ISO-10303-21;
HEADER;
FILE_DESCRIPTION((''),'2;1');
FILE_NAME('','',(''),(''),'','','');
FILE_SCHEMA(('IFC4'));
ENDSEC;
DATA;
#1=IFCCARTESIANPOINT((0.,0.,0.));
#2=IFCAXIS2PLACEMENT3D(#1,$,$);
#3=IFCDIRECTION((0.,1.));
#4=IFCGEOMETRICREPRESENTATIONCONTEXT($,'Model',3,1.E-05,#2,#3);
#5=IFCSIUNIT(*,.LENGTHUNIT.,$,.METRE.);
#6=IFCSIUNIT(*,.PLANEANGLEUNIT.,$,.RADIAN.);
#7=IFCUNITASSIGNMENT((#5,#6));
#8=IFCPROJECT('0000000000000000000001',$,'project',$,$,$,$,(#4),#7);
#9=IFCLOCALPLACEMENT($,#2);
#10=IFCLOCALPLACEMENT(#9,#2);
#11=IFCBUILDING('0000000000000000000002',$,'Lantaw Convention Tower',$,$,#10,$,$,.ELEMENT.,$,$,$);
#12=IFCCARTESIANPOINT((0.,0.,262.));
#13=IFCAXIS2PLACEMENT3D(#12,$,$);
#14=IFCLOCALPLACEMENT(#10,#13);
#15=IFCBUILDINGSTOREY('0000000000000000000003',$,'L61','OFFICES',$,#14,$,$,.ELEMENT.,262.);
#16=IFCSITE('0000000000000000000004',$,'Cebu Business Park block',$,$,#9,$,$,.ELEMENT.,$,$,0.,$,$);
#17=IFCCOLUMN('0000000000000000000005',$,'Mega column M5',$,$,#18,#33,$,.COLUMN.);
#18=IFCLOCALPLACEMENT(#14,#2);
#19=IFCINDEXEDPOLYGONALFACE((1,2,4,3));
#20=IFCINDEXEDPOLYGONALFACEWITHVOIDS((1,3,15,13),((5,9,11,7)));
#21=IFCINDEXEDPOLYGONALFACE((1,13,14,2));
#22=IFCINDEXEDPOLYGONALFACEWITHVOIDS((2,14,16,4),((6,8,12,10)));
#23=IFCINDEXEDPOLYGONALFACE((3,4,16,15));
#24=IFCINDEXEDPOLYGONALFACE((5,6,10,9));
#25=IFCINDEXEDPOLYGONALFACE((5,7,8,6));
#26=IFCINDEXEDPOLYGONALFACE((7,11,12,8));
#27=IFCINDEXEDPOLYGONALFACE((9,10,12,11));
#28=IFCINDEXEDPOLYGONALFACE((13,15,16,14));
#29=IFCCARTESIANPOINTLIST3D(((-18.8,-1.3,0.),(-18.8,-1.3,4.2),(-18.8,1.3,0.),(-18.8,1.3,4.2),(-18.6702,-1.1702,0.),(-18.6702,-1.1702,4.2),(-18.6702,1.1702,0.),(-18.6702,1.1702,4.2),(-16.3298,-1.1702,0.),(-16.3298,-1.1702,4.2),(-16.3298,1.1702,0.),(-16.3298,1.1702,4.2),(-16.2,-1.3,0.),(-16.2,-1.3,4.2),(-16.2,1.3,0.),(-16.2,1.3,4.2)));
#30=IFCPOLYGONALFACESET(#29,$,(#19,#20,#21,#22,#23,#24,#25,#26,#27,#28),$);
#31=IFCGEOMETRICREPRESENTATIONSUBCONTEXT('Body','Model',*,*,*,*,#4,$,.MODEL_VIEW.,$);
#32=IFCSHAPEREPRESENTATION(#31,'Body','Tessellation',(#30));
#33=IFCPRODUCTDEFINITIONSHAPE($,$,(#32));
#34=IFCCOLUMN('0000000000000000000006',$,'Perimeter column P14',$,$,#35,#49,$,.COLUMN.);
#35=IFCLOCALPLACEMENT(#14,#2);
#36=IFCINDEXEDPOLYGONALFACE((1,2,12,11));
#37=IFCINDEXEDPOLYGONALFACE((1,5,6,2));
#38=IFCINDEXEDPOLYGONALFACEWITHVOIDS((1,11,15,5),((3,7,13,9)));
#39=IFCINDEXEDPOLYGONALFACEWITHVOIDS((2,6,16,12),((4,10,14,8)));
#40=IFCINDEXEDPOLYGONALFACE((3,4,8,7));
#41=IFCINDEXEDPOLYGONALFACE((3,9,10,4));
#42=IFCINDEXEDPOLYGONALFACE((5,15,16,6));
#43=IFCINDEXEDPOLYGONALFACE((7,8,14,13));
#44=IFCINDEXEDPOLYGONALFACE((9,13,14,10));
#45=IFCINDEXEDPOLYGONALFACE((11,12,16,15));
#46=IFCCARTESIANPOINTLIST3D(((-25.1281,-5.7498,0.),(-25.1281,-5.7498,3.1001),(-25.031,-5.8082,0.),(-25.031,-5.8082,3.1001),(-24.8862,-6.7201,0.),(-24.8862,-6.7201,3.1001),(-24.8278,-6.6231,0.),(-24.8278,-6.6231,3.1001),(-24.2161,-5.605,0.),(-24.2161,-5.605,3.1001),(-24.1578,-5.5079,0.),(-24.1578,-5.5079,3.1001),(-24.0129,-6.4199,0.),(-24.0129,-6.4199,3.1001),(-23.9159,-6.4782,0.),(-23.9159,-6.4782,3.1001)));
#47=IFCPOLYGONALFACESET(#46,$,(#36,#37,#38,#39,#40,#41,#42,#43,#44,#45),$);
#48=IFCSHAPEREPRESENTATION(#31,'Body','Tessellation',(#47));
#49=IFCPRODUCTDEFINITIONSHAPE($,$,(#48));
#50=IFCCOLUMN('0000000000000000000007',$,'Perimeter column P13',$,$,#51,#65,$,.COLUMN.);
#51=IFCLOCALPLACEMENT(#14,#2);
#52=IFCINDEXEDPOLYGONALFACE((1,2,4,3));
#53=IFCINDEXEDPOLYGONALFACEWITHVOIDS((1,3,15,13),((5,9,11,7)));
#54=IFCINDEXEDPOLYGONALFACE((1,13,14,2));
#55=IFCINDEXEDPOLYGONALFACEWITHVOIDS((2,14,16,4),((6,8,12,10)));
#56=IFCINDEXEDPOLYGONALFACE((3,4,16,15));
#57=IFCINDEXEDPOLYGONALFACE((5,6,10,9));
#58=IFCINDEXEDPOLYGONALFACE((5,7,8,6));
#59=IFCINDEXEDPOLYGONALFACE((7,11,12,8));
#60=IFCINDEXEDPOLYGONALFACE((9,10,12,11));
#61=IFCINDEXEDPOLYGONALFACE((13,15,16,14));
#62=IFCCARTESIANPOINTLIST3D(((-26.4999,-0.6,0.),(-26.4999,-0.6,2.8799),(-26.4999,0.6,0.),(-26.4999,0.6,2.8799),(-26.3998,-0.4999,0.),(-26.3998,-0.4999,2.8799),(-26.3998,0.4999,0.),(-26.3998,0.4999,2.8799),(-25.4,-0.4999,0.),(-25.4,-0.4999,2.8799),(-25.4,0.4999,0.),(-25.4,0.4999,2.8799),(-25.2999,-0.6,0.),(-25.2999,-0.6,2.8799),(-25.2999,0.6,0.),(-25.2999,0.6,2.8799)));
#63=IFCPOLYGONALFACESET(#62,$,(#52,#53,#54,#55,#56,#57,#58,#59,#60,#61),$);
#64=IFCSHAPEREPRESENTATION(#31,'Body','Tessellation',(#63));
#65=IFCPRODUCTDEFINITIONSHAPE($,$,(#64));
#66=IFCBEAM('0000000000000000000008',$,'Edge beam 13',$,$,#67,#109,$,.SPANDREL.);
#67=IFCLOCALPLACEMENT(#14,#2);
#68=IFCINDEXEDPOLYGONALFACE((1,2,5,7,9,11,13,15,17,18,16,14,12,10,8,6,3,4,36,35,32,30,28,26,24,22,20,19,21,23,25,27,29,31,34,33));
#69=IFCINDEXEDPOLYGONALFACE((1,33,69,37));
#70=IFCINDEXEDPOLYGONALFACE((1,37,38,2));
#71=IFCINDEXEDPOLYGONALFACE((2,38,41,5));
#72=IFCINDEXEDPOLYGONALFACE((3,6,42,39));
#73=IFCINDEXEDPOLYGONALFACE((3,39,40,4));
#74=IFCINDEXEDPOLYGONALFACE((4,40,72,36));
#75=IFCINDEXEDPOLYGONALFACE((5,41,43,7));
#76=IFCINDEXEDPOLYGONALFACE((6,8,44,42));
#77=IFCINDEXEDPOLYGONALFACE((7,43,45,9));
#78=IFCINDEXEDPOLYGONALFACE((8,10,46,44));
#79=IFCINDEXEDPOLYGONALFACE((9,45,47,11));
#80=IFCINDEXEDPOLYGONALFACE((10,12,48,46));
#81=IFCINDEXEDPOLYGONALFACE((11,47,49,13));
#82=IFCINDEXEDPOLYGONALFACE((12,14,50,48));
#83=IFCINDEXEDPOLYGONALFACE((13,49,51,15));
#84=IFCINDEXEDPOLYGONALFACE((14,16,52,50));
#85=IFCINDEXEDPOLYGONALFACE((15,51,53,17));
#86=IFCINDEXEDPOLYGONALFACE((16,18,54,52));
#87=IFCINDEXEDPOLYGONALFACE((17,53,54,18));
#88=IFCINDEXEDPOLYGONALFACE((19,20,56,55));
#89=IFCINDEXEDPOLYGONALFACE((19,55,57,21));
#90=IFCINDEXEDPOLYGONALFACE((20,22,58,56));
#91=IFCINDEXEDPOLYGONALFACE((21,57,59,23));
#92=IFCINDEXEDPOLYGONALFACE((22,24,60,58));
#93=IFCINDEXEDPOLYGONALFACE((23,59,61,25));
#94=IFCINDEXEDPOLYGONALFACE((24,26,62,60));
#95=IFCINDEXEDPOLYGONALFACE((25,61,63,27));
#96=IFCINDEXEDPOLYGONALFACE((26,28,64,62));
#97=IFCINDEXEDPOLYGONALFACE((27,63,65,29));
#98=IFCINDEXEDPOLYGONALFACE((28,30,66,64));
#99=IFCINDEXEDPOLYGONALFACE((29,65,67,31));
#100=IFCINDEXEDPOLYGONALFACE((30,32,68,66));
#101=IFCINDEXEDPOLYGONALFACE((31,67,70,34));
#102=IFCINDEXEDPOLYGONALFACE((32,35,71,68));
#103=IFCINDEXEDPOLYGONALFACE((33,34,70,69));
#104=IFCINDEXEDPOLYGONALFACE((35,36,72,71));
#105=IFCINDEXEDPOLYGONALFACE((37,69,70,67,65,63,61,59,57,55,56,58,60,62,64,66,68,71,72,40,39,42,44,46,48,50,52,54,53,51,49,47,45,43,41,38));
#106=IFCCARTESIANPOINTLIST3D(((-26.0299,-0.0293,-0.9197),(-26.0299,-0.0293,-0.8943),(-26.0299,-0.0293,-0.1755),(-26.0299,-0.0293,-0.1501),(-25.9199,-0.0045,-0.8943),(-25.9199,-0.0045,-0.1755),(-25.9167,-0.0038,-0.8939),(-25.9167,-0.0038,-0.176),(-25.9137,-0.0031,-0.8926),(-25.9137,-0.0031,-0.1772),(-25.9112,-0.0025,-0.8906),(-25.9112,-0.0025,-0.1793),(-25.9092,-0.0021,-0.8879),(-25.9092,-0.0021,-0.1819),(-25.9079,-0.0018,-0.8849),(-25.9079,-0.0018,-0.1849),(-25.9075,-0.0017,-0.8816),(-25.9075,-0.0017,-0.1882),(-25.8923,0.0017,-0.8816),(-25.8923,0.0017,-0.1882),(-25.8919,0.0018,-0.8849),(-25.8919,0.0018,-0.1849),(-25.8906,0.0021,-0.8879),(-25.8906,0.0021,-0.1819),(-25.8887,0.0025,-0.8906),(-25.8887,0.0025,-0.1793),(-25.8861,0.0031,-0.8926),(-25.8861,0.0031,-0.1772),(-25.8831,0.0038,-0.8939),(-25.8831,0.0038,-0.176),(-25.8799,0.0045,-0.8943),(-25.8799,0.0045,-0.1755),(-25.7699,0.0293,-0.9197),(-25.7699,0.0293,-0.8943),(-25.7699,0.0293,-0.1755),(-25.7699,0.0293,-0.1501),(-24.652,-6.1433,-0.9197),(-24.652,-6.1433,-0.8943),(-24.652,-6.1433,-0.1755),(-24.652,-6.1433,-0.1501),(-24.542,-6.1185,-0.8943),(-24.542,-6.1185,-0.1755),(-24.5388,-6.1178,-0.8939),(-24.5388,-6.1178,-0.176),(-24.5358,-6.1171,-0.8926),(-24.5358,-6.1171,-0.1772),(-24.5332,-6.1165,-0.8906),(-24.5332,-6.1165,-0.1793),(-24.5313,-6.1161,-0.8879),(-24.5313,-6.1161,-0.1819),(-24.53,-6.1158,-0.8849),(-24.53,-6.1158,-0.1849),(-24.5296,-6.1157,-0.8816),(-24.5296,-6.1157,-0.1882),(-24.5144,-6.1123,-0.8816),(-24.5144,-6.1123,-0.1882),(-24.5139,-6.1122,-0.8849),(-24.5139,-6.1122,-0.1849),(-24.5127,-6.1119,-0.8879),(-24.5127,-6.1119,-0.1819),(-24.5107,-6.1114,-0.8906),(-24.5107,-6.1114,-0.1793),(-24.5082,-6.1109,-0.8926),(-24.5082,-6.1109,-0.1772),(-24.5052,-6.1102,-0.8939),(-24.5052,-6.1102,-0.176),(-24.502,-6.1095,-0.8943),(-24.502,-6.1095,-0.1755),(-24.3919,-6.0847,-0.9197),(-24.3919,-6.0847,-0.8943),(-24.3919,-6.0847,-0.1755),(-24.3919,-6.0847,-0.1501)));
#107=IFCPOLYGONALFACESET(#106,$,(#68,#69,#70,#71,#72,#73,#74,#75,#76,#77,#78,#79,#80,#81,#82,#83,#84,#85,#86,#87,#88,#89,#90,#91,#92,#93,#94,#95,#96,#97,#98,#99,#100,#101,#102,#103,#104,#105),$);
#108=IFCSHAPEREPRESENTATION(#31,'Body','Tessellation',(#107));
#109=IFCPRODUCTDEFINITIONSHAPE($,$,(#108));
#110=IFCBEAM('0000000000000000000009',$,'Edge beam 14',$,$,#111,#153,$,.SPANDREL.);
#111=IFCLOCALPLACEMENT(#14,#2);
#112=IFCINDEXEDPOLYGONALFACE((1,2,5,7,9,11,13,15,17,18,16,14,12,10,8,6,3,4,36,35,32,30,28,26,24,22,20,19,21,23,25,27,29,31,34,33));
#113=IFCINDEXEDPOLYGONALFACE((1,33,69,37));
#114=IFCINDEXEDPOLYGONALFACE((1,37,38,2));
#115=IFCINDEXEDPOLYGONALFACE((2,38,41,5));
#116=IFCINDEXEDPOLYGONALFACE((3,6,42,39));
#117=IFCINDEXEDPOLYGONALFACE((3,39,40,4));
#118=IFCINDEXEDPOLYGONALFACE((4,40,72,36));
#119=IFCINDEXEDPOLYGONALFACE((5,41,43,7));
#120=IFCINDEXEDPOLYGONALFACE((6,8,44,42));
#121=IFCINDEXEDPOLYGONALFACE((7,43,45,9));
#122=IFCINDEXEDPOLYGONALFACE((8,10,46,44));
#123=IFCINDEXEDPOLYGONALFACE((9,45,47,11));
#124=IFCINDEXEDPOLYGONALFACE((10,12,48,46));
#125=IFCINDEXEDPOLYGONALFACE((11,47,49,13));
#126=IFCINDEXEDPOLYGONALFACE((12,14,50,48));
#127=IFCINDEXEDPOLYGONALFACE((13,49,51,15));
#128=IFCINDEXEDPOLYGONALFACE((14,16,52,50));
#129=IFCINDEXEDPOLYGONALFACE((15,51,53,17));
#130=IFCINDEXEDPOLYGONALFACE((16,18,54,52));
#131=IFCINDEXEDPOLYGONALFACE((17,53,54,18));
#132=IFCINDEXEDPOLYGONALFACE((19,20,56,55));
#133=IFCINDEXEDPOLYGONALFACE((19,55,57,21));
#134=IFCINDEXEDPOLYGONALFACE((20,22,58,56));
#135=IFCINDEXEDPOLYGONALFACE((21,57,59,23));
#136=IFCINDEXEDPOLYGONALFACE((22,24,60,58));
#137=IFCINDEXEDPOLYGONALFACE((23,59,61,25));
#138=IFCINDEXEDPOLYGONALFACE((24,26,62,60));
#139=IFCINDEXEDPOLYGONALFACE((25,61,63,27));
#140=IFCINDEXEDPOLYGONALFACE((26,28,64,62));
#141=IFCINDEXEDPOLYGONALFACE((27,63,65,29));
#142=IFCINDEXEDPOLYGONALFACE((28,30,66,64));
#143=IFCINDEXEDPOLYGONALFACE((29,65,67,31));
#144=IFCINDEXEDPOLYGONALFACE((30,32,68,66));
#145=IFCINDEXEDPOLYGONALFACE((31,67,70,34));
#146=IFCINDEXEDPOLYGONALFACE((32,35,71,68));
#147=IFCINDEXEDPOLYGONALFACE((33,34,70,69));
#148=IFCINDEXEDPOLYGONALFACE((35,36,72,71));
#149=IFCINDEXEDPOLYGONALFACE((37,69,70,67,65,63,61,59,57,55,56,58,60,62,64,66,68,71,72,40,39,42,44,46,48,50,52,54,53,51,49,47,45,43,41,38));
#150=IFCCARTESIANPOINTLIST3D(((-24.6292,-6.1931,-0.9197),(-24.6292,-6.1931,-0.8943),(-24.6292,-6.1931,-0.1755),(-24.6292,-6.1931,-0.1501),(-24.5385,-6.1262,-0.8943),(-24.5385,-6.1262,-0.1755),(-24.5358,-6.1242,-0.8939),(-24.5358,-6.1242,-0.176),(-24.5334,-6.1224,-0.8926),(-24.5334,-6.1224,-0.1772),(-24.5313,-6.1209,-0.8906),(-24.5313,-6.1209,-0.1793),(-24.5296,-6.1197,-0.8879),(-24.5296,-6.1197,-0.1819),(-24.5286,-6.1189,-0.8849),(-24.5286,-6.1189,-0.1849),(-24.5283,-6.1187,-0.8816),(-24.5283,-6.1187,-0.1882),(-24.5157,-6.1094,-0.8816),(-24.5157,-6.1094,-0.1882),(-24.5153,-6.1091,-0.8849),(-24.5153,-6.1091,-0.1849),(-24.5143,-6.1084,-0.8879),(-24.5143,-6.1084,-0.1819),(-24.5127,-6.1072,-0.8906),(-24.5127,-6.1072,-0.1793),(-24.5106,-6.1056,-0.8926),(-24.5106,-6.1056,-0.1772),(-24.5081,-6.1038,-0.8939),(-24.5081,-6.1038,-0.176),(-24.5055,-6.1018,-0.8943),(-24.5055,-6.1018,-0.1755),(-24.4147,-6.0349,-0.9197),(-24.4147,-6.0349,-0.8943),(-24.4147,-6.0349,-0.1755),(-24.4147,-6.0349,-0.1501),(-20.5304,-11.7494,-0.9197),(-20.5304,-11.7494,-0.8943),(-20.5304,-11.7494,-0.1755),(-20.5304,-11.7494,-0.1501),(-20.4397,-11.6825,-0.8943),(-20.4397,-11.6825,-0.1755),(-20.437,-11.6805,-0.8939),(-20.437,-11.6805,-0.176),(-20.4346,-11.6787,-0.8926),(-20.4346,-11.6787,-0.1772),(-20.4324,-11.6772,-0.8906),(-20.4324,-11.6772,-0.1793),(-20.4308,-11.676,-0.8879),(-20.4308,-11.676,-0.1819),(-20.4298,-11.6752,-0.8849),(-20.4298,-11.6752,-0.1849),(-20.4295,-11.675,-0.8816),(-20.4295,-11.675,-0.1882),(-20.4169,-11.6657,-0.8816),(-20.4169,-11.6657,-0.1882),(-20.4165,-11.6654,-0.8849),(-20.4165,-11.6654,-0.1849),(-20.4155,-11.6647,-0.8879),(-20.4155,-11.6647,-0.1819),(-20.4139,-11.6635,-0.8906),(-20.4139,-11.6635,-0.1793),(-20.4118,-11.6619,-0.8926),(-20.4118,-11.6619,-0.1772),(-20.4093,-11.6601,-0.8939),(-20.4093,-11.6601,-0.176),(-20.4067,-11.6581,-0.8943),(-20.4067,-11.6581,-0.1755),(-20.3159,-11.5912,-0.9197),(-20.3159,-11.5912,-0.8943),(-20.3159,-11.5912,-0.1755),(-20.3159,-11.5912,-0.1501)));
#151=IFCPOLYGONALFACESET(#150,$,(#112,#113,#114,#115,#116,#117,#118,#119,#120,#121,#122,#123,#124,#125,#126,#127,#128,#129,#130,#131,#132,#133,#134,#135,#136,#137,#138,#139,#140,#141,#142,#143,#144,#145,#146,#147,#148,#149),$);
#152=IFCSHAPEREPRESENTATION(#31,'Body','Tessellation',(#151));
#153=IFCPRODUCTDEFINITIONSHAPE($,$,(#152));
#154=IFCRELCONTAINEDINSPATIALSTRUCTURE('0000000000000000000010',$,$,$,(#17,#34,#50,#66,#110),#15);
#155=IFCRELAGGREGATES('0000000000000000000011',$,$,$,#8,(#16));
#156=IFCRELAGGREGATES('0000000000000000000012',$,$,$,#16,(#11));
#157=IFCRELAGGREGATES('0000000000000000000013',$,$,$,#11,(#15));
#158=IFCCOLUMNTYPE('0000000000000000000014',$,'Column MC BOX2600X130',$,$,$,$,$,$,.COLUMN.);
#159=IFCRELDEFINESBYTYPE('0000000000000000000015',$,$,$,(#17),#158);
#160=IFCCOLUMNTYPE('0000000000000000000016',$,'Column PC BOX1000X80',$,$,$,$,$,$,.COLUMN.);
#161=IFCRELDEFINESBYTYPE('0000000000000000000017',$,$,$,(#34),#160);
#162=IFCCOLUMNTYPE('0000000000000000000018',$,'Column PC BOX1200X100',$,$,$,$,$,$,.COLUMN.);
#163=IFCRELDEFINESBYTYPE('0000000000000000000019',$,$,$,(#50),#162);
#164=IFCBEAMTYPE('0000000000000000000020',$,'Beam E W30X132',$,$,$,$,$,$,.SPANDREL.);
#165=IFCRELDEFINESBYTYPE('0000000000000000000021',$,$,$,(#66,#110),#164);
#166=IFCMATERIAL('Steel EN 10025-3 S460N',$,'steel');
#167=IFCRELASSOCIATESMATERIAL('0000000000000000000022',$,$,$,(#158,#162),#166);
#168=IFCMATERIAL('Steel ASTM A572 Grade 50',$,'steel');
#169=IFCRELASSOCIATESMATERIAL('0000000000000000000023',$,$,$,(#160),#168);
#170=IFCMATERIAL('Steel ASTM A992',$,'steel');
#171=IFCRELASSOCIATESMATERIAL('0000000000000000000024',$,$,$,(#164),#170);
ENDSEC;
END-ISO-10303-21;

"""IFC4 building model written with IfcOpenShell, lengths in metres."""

from ifc_helpers import new_model, si_unit, direction, frame, origin, origin_2d, place, context, subcontext, project, spatial, rectangle, hollow_rectangle, i_section, extrude, material, material_profile, profile_set, type_object, element, save


model = new_model("IFC4")

# Units and contexts
model_context = context("Model", 3, precision=1e-05, world=origin(), true_north=direction((0.0, 1.0)))
body_context = subcontext(model_context, "Body", "Model", "MODEL_VIEW")
ifc_project = project(units=[si_unit("LENGTHUNIT", "METRE"), si_unit("PLANEANGLEUNIT", "RADIAN")], contexts=[model_context])

# Site, building, storey
site_placement = place(None, origin())
site = spatial("IfcSite", under=ifc_project, at=site_placement, Name="Cebu Business Park block", CompositionType="ELEMENT", RefElevation=0.0)
building_placement = place(site_placement, origin())
building = spatial("IfcBuilding", under=site, at=building_placement, Name="Lantaw Convention Tower", CompositionType="ELEMENT")
storey_placement = place(building_placement, frame((0.0, 0.0, 262.0)))
storey = spatial("IfcBuildingStorey", under=building, at=storey_placement, Name="L61", Description="OFFICES", CompositionType="ELEMENT", Elevation=262.0)

# Columns
ifc_material_1 = material(Name="Steel EN 10025-3 S460N", Category="steel")
ifc_material_profile_1 = material_profile(ifc_material_1, hollow_rectangle(XDim=2.6001, YDim=2.6001, WallThickness=0.1299, at=origin_2d()), Name="BOX2600X130")
ifc_material_2 = material(Name="Concrete C60/75", Category="concrete")
ifc_material_profile_2 = material_profile(ifc_material_2, rectangle(XDim=2.3401, YDim=2.3401, at=origin_2d()), Name="Concrete fill of BOX2600X130")
ifc_profile_set_1 = profile_set([ifc_material_profile_1, ifc_material_profile_2], Name="Steel EN 10025-3 S460N")
column_type_1 = type_object("IfcColumnType", Name="Column MC BOX2600X130", PredefinedType="COLUMN", material=ifc_profile_set_1)
column_1_placement = place(storey_placement, frame((-17.5, 0.0, 0.0), z_axis=(0.0, 0.0, 1.0), x_axis=(1.0, 0.0, 0.0)))
element("IfcColumn", 1, at=column_1_placement, inside=storey, type_object=column_type_1, Name="Mega column M5", PredefinedType="COLUMN", context=body_context, shape_type="SweptSolid", body=[
    extrude(hollow_rectangle(XDim=2.6001, YDim=2.6001, WallThickness=0.1299, at=origin_2d()), origin(), (0.0, 0.0, 1.0), 4.2),
])
ifc_material_3 = material(Name="Steel ASTM A572 Grade 50", Category="steel")
ifc_material_profile_3 = material_profile(ifc_material_3, hollow_rectangle(XDim=1.0, YDim=1.0, WallThickness=0.0801, at=origin_2d()), Name="BOX1000X80")
ifc_material_profile_4 = material_profile(ifc_material_2, rectangle(XDim=0.8401, YDim=0.8401, at=origin_2d()), Name="Concrete fill of BOX1000X80")
ifc_profile_set_2 = profile_set([ifc_material_profile_3, ifc_material_profile_4], Name="Steel ASTM A572 Grade 50")
column_type_2 = type_object("IfcColumnType", Name="Column PC BOX1000X80", PredefinedType="COLUMN", material=ifc_profile_set_2)
column_2_placement = place(storey_placement, frame((-24.522, -6.114, 0.0), z_axis=(0.0, 0.0, 1.0), x_axis=(0.970296, 0.241922, 0.0)))
element("IfcColumn", 2, at=column_2_placement, inside=storey, type_object=column_type_2, Name="Perimeter column P14", PredefinedType="COLUMN", context=body_context, shape_type="SweptSolid", body=[
    extrude(hollow_rectangle(XDim=1.0, YDim=1.0, WallThickness=0.0801, at=origin_2d()), origin(), (0.0, 0.0, 1.0), 3.1001),
])
ifc_material_profile_5 = material_profile(ifc_material_1, hollow_rectangle(XDim=1.2, YDim=1.2, WallThickness=0.1001, at=origin_2d()), Name="BOX1200X100")
ifc_material_profile_6 = material_profile(ifc_material_2, rectangle(XDim=1.0, YDim=1.0, at=origin_2d()), Name="Concrete fill of BOX1200X100")
ifc_profile_set_3 = profile_set([ifc_material_profile_5, ifc_material_profile_6], Name="Steel EN 10025-3 S460N")
column_type_3 = type_object("IfcColumnType", Name="Column PC BOX1200X100", PredefinedType="COLUMN", material=ifc_profile_set_3)
column_3_placement = place(storey_placement, frame((-25.8999, 0.0, 0.0), z_axis=(0.0, 0.0, 1.0), x_axis=(1.0, 0.0, 0.0)))
element("IfcColumn", 3, at=column_3_placement, inside=storey, type_object=column_type_3, Name="Perimeter column P13", PredefinedType="COLUMN", context=body_context, shape_type="SweptSolid", body=[
    extrude(hollow_rectangle(XDim=1.2, YDim=1.2, WallThickness=0.1001, at=origin_2d()), origin(), (0.0, 0.0, 1.0), 2.8799),
])

# Beams
ifc_material_4 = material(Name="Steel ASTM A992", Category="steel")
ifc_material_profile_7 = material_profile(ifc_material_4, i_section(OverallWidth=0.2666, OverallDepth=0.7695, WebThickness=0.0156, FlangeThickness=0.0254, FilletRadius=0.0127, at=origin_2d()), Name="W30X132")
ifc_profile_set_4 = profile_set([ifc_material_profile_7], Name="Steel ASTM A992")
beam_type_1 = type_object("IfcBeamType", Name="Beam E W30X132", PredefinedType="SPANDREL", material=ifc_profile_set_4)
beam_1_placement = place(storey_placement, frame((-25.8999, 0.0, -0.5349), z_axis=(0.219858, -0.975532, 0.0), x_axis=(0.975532, 0.219858, 0.0)))
element("IfcBeam", 4, at=beam_1_placement, inside=storey, type_object=beam_type_1, Name="Edge beam 13", PredefinedType="SPANDREL", context=body_context, shape_type="SweptSolid", body=[
    extrude(i_section(OverallWidth=0.2666, OverallDepth=0.7695, WebThickness=0.0156, FlangeThickness=0.0254, FilletRadius=0.0127, at=origin_2d()), origin(), (0.0, 0.0, 1.0), 6.2673),
])
beam_2_placement = place(storey_placement, frame((-24.522, -6.114, -0.5349), z_axis=(0.593639, -0.804731, 0.0), x_axis=(0.804731, 0.593639, 0.0)))
element("IfcBeam", 5, at=beam_2_placement, inside=storey, type_object=beam_type_1, Name="Edge beam 14", PredefinedType="SPANDREL", context=body_context, shape_type="SweptSolid", body=[
    extrude(i_section(OverallWidth=0.2666, OverallDepth=0.7695, WebThickness=0.0156, FlangeThickness=0.0254, FilletRadius=0.0127, at=origin_2d()), origin(), (0.0, 0.0, 1.0), 6.9045),
])

save(model, "model.ifc")
